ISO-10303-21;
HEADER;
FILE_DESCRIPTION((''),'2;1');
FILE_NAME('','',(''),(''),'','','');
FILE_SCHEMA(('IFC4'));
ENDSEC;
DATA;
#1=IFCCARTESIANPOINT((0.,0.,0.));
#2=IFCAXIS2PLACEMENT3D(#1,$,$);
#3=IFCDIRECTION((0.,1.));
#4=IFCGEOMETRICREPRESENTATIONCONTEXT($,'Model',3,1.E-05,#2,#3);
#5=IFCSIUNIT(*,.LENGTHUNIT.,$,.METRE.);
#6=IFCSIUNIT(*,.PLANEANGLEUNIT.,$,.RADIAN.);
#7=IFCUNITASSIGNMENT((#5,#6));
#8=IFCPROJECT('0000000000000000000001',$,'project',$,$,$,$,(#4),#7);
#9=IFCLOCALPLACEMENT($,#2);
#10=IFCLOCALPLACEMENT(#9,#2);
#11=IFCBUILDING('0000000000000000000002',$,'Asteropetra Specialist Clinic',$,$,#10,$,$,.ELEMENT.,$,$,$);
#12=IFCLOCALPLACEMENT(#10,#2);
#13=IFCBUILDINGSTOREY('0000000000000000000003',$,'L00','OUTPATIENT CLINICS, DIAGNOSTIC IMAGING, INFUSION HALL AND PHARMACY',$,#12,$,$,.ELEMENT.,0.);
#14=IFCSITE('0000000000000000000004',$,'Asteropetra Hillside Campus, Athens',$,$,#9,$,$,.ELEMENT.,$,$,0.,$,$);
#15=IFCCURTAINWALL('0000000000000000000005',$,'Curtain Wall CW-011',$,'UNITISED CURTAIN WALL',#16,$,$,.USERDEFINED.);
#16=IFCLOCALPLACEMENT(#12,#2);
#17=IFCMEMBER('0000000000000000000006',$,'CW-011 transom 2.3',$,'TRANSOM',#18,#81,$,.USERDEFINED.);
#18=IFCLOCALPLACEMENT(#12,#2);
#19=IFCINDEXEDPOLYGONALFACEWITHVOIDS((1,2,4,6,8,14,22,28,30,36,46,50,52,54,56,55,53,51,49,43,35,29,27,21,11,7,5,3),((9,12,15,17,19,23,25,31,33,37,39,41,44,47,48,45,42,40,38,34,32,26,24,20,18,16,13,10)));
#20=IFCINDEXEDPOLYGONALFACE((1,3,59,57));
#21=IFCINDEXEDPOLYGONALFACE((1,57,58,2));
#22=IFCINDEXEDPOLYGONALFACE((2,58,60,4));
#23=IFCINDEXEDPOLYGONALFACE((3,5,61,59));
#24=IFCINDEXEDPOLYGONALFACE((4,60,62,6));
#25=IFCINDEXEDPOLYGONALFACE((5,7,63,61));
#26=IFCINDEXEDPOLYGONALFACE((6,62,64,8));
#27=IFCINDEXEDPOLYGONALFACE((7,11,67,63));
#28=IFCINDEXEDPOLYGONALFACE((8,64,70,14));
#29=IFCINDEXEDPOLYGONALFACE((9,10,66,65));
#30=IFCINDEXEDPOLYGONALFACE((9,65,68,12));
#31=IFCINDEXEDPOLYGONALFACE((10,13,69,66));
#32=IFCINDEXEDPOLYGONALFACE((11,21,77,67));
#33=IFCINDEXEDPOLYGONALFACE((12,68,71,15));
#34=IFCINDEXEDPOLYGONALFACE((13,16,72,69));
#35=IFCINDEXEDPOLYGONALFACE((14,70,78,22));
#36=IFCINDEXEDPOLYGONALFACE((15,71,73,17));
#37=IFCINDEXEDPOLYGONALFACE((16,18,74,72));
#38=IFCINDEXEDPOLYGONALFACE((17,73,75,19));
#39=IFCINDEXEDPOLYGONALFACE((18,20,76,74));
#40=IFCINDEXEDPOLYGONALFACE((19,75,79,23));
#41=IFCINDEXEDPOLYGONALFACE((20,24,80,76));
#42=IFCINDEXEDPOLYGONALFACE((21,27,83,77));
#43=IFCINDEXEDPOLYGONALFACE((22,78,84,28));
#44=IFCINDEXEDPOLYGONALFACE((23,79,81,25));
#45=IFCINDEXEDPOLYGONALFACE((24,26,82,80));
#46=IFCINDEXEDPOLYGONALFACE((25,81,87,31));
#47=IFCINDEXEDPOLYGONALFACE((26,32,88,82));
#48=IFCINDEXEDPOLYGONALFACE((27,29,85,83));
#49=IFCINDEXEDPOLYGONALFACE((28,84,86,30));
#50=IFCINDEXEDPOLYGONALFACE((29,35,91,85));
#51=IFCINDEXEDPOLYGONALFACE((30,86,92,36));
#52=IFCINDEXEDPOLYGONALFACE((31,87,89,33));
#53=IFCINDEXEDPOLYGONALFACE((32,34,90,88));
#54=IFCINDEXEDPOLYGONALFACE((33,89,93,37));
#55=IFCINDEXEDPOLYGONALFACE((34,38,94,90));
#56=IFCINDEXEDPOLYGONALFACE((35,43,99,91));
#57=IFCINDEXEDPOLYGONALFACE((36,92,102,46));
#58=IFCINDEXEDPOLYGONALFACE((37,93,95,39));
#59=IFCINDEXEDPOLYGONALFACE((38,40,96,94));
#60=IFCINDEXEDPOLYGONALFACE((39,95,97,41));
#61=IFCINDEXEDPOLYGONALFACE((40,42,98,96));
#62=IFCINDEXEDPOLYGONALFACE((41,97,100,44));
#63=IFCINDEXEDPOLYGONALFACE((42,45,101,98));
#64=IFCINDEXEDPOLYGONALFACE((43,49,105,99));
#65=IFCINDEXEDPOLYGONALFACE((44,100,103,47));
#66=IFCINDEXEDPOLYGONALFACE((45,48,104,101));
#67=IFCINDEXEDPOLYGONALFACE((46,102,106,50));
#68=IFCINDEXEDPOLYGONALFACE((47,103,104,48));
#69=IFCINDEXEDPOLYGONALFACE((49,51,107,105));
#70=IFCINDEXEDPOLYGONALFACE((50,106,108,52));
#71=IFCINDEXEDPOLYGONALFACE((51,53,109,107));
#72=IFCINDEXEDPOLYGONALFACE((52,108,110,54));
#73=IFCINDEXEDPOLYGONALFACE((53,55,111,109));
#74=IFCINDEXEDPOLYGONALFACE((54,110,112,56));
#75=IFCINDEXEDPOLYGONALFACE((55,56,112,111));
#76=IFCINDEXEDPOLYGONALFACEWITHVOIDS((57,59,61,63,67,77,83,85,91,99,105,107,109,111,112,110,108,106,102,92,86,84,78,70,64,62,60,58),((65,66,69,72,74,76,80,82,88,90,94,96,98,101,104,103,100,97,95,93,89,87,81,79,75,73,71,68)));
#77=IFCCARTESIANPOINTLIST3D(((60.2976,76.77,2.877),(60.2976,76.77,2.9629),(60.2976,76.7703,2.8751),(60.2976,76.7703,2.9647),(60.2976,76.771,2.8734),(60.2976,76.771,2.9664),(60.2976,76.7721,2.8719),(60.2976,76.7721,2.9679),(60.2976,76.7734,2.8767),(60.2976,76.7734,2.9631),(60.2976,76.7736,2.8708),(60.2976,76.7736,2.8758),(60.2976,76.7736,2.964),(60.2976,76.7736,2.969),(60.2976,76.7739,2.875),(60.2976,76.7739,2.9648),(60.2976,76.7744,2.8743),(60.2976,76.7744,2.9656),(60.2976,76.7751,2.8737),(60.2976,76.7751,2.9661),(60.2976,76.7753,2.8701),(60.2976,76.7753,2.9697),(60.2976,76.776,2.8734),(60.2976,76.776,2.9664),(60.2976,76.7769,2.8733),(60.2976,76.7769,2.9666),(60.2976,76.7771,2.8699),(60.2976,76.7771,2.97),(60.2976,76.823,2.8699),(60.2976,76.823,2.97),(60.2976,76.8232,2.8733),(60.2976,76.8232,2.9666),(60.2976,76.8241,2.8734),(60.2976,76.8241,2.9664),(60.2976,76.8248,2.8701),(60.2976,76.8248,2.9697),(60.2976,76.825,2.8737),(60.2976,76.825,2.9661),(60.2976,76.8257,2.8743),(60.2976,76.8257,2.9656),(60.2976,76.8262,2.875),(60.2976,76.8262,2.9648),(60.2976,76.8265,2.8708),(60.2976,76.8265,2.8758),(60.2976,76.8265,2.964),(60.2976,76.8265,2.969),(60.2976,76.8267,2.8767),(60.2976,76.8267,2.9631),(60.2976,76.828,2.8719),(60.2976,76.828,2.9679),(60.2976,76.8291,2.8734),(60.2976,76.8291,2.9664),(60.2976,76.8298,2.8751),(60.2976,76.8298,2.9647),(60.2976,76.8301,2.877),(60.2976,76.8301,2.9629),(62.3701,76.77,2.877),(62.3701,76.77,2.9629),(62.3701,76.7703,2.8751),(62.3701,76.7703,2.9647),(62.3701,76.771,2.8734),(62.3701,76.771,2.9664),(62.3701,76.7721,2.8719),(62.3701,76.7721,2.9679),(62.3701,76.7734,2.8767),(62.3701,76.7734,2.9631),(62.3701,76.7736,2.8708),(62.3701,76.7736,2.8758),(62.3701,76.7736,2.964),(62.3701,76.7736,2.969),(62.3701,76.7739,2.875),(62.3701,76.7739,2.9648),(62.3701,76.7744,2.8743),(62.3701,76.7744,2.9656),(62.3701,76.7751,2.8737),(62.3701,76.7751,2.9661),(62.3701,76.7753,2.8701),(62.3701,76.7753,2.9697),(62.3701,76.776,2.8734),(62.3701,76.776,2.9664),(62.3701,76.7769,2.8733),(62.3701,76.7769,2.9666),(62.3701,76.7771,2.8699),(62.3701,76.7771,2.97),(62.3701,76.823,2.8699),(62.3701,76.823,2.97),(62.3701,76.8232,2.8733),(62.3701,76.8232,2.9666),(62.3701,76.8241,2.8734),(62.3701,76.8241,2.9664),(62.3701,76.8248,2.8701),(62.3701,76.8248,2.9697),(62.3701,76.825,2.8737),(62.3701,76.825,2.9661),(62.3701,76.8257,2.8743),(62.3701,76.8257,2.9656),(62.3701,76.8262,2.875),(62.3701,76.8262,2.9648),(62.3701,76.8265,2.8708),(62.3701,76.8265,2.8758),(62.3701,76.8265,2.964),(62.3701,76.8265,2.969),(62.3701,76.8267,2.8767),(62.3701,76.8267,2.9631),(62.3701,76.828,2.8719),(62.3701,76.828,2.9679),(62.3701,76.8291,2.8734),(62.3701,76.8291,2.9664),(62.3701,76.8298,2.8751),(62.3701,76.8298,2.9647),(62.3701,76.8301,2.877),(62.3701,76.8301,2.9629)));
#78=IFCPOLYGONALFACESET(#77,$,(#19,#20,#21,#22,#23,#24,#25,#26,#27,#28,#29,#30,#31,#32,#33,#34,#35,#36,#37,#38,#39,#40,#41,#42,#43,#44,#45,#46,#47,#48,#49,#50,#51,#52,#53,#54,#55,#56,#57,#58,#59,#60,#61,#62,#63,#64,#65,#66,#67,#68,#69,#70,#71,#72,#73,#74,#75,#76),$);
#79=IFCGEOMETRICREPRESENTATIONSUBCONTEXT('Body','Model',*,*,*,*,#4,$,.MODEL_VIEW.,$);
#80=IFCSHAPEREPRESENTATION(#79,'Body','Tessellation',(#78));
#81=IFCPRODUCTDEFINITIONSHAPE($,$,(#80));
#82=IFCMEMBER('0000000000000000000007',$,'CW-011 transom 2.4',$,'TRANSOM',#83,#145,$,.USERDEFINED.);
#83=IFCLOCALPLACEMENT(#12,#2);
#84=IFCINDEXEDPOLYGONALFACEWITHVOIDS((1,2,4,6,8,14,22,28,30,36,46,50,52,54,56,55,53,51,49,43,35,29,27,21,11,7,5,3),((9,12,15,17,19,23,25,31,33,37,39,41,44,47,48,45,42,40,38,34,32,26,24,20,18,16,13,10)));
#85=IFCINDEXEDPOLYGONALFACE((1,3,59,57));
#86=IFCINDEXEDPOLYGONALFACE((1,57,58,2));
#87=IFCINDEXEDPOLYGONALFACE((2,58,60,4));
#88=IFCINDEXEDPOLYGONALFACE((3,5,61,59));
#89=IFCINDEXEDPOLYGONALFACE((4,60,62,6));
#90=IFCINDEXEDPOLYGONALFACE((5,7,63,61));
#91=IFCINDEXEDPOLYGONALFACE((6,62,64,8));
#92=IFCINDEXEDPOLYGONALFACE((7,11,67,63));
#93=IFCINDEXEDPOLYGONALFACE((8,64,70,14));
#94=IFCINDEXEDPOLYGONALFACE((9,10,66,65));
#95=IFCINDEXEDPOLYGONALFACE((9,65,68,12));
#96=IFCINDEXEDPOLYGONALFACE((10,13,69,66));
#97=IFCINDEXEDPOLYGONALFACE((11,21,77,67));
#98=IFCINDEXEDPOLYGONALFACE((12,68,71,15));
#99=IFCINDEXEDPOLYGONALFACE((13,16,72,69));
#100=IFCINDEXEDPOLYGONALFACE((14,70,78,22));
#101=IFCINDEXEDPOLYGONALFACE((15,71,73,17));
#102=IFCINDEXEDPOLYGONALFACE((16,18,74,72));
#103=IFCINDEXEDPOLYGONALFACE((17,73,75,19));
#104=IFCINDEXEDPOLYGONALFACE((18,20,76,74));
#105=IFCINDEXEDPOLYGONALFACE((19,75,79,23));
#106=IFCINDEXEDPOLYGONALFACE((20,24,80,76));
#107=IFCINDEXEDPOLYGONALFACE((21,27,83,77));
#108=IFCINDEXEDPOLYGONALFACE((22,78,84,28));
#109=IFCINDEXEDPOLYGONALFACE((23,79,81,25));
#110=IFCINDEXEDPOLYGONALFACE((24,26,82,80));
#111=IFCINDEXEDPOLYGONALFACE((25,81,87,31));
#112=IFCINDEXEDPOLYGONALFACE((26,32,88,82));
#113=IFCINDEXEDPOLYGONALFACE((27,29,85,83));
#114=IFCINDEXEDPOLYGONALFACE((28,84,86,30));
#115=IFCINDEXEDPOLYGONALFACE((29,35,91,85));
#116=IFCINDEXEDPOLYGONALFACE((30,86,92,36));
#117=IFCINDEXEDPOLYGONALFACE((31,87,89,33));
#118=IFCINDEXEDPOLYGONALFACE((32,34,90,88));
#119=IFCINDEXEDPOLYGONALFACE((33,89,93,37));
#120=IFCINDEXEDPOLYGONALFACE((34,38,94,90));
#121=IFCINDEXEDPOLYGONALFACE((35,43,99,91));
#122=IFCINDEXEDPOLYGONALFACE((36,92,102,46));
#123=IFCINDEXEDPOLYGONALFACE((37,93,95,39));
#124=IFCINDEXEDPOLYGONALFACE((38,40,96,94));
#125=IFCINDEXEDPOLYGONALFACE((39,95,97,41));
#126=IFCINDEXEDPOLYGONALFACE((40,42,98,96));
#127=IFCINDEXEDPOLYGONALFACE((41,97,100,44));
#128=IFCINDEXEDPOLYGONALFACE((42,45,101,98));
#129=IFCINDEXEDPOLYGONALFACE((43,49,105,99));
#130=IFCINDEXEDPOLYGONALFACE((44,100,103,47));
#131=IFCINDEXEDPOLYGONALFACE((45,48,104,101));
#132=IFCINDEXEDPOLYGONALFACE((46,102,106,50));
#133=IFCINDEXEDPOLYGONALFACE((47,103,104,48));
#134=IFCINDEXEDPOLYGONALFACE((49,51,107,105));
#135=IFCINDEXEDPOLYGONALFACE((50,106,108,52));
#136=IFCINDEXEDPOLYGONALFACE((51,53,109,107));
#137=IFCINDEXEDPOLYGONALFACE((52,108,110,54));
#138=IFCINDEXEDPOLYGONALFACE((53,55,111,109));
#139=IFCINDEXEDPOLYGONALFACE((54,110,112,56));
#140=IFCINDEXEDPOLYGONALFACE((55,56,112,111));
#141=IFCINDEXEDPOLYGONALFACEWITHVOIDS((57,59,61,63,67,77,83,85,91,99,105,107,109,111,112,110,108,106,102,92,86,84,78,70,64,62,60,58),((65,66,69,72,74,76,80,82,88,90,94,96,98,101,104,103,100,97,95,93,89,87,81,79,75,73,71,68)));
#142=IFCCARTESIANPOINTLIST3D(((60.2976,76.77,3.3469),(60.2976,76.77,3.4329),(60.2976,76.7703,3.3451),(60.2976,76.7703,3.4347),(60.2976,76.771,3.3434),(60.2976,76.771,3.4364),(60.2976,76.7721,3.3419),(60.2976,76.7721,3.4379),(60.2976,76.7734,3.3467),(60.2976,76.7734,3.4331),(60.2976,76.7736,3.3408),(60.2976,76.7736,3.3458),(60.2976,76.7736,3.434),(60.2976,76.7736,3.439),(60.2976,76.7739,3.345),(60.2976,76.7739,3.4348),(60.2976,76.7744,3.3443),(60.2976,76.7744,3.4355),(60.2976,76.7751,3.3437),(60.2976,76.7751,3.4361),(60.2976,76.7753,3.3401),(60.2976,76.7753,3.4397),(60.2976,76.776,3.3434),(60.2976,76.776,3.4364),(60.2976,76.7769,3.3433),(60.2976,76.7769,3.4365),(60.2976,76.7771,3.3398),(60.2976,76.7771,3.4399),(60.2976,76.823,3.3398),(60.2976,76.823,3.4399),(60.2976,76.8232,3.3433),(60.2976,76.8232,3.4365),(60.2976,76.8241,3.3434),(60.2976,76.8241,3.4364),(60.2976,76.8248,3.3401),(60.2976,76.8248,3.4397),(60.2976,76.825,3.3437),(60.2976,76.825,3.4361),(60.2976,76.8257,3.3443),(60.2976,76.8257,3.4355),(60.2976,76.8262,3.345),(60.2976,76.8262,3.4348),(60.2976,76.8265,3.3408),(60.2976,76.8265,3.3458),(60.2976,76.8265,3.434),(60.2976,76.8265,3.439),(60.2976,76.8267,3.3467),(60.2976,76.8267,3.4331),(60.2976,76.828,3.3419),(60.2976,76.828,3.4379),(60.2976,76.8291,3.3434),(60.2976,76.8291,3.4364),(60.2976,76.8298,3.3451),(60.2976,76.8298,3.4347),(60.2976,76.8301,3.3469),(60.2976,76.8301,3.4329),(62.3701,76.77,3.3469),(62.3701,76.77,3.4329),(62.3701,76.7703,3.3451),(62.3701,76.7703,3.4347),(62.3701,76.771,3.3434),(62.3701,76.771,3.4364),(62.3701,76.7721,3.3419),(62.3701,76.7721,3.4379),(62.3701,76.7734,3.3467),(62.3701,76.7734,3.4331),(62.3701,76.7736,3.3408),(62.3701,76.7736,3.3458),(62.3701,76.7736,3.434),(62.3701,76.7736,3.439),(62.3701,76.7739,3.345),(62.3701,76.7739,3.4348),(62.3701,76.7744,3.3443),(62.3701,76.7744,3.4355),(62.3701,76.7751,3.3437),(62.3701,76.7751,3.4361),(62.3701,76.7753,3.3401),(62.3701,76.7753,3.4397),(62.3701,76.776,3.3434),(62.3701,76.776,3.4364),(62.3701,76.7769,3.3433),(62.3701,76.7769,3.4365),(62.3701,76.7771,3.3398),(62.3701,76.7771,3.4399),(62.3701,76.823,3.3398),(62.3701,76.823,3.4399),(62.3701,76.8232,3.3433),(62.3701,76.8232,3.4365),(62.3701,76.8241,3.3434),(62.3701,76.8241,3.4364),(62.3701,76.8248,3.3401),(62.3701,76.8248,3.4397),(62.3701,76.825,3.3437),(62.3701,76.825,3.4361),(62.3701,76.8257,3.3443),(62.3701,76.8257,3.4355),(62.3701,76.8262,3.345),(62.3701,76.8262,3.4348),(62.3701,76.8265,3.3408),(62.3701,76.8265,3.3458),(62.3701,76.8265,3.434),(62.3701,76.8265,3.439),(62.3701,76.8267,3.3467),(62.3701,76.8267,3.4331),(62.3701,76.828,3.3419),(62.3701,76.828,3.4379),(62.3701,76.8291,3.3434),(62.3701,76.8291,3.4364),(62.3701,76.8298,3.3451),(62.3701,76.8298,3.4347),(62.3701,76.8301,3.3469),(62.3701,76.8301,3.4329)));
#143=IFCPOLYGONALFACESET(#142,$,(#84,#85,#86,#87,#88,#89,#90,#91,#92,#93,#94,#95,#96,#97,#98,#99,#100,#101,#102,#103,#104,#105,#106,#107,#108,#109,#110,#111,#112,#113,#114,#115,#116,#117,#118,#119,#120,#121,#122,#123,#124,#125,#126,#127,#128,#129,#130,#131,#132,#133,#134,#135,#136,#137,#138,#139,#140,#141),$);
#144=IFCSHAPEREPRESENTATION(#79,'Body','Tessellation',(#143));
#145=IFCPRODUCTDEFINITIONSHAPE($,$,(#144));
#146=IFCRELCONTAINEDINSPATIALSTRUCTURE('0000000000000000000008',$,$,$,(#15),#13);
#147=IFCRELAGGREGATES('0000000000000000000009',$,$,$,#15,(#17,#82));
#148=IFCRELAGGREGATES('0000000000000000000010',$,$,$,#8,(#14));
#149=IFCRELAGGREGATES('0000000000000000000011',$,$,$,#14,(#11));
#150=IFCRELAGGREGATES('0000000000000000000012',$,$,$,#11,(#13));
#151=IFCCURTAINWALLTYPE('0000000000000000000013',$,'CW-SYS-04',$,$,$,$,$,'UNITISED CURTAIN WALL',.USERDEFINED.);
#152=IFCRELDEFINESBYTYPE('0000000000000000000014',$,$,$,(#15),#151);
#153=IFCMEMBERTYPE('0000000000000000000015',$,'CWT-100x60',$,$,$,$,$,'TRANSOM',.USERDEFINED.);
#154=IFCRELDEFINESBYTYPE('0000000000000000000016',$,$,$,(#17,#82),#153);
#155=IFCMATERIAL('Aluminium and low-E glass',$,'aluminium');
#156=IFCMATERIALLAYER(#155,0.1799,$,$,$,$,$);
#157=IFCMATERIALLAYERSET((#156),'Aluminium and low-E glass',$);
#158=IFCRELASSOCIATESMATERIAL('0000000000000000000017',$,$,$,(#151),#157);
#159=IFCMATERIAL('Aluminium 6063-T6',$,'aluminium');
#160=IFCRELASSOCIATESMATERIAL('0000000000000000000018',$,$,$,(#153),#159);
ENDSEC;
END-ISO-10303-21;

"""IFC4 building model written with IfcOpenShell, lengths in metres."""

from ifc_helpers import new_model, si_unit, direction, frame, origin, origin_2d, place, context, subcontext, project, spatial, hollow_rectangle, extrude, material, layer, layer_set, material_profile, profile_set, type_object, element, aggregate, save


model = new_model("IFC4")

# Units and contexts
model_context = context("Model", 3, precision=1e-05, world=origin(), true_north=direction((0.0, 1.0)))
body_context = subcontext(model_context, "Body", "Model", "MODEL_VIEW")
ifc_project = project(units=[si_unit("LENGTHUNIT", "METRE"), si_unit("PLANEANGLEUNIT", "RADIAN")], contexts=[model_context])

# Site, building, storey
site_placement = place(None, origin())
site = spatial("IfcSite", under=ifc_project, at=site_placement, Name="Asteropetra Hillside Campus, Athens", CompositionType="ELEMENT", RefElevation=0.0)
building_placement = place(site_placement, origin())
building = spatial("IfcBuilding", under=site, at=building_placement, Name="Asteropetra Specialist Clinic", CompositionType="ELEMENT")
storey_placement = place(building_placement, origin())
storey = spatial("IfcBuildingStorey", under=building, at=storey_placement, Name="L00", Description="OUTPATIENT CLINICS, DIAGNOSTIC IMAGING, INFUSION HALL AND PHARMACY", CompositionType="ELEMENT", Elevation=0.0)

# Curtain wall, members
ifc_material_1 = material(Name="Aluminium and low-E glass", Category="aluminium")
ifc_layer_1 = layer(ifc_material_1, 0.1799)
ifc_layer_set_1 = layer_set([ifc_layer_1], Name="Aluminium and low-E glass")
curtain_wall_type_1 = type_object("IfcCurtainWallType", Name="CW-SYS-04", ElementType="UNITISED CURTAIN WALL", PredefinedType="USERDEFINED", material=ifc_layer_set_1)
curtain_wall_1_placement = place(storey_placement, origin())
curtain_wall_1 = element("IfcCurtainWall", 1, at=curtain_wall_1_placement, inside=storey, type_object=curtain_wall_type_1, Name="Curtain Wall CW-011", ObjectType="UNITISED CURTAIN WALL", PredefinedType="USERDEFINED")
ifc_material_2 = material(Name="Aluminium 6063-T6", Category="aluminium")
ifc_material_profile_1 = material_profile(ifc_material_2, hollow_rectangle(XDim=0.0601, YDim=0.1001, WallThickness=0.0034, InnerFilletRadius=0.0034, OuterFilletRadius=0.0071, at=origin_2d()), Name="TRN 100x60x3.5")
ifc_profile_set_1 = profile_set([ifc_material_profile_1], Name="Aluminium 6063-T6")
member_type_1 = type_object("IfcMemberType", Name="CWT-100x60", ElementType="TRANSOM", PredefinedType="USERDEFINED", material=ifc_profile_set_1)
member_1_placement = place(storey_placement, frame((60.2976, 76.8, 2.9199), z_axis=(1.0, 0.0, 0.0), x_axis=(0.0, 1.0, 0.0)))
member_1 = element("IfcMember", 2, at=member_1_placement, type_object=member_type_1, Name="CW-011 transom 2.3", ObjectType="TRANSOM", PredefinedType="USERDEFINED", context=body_context, shape_type="SweptSolid", body=[
    extrude(hollow_rectangle(XDim=0.0601, YDim=0.1001, WallThickness=0.0034, InnerFilletRadius=0.0034, OuterFilletRadius=0.0071, at=origin_2d()), origin(), (0.0, 0.0, 1.0), 2.0725),
])
member_2_placement = place(storey_placement, frame((60.2976, 76.8, 3.3899), z_axis=(1.0, 0.0, 0.0), x_axis=(0.0, 1.0, 0.0)))
member_2 = element("IfcMember", 3, at=member_2_placement, type_object=member_type_1, Name="CW-011 transom 2.4", ObjectType="TRANSOM", PredefinedType="USERDEFINED", context=body_context, shape_type="SweptSolid", body=[
    extrude(hollow_rectangle(XDim=0.0601, YDim=0.1001, WallThickness=0.0034, InnerFilletRadius=0.0034, OuterFilletRadius=0.0071, at=origin_2d()), origin(), (0.0, 0.0, 1.0), 2.0725),
])

aggregate(curtain_wall_1, [member_1, member_2])

save(model, "model.ifc")
